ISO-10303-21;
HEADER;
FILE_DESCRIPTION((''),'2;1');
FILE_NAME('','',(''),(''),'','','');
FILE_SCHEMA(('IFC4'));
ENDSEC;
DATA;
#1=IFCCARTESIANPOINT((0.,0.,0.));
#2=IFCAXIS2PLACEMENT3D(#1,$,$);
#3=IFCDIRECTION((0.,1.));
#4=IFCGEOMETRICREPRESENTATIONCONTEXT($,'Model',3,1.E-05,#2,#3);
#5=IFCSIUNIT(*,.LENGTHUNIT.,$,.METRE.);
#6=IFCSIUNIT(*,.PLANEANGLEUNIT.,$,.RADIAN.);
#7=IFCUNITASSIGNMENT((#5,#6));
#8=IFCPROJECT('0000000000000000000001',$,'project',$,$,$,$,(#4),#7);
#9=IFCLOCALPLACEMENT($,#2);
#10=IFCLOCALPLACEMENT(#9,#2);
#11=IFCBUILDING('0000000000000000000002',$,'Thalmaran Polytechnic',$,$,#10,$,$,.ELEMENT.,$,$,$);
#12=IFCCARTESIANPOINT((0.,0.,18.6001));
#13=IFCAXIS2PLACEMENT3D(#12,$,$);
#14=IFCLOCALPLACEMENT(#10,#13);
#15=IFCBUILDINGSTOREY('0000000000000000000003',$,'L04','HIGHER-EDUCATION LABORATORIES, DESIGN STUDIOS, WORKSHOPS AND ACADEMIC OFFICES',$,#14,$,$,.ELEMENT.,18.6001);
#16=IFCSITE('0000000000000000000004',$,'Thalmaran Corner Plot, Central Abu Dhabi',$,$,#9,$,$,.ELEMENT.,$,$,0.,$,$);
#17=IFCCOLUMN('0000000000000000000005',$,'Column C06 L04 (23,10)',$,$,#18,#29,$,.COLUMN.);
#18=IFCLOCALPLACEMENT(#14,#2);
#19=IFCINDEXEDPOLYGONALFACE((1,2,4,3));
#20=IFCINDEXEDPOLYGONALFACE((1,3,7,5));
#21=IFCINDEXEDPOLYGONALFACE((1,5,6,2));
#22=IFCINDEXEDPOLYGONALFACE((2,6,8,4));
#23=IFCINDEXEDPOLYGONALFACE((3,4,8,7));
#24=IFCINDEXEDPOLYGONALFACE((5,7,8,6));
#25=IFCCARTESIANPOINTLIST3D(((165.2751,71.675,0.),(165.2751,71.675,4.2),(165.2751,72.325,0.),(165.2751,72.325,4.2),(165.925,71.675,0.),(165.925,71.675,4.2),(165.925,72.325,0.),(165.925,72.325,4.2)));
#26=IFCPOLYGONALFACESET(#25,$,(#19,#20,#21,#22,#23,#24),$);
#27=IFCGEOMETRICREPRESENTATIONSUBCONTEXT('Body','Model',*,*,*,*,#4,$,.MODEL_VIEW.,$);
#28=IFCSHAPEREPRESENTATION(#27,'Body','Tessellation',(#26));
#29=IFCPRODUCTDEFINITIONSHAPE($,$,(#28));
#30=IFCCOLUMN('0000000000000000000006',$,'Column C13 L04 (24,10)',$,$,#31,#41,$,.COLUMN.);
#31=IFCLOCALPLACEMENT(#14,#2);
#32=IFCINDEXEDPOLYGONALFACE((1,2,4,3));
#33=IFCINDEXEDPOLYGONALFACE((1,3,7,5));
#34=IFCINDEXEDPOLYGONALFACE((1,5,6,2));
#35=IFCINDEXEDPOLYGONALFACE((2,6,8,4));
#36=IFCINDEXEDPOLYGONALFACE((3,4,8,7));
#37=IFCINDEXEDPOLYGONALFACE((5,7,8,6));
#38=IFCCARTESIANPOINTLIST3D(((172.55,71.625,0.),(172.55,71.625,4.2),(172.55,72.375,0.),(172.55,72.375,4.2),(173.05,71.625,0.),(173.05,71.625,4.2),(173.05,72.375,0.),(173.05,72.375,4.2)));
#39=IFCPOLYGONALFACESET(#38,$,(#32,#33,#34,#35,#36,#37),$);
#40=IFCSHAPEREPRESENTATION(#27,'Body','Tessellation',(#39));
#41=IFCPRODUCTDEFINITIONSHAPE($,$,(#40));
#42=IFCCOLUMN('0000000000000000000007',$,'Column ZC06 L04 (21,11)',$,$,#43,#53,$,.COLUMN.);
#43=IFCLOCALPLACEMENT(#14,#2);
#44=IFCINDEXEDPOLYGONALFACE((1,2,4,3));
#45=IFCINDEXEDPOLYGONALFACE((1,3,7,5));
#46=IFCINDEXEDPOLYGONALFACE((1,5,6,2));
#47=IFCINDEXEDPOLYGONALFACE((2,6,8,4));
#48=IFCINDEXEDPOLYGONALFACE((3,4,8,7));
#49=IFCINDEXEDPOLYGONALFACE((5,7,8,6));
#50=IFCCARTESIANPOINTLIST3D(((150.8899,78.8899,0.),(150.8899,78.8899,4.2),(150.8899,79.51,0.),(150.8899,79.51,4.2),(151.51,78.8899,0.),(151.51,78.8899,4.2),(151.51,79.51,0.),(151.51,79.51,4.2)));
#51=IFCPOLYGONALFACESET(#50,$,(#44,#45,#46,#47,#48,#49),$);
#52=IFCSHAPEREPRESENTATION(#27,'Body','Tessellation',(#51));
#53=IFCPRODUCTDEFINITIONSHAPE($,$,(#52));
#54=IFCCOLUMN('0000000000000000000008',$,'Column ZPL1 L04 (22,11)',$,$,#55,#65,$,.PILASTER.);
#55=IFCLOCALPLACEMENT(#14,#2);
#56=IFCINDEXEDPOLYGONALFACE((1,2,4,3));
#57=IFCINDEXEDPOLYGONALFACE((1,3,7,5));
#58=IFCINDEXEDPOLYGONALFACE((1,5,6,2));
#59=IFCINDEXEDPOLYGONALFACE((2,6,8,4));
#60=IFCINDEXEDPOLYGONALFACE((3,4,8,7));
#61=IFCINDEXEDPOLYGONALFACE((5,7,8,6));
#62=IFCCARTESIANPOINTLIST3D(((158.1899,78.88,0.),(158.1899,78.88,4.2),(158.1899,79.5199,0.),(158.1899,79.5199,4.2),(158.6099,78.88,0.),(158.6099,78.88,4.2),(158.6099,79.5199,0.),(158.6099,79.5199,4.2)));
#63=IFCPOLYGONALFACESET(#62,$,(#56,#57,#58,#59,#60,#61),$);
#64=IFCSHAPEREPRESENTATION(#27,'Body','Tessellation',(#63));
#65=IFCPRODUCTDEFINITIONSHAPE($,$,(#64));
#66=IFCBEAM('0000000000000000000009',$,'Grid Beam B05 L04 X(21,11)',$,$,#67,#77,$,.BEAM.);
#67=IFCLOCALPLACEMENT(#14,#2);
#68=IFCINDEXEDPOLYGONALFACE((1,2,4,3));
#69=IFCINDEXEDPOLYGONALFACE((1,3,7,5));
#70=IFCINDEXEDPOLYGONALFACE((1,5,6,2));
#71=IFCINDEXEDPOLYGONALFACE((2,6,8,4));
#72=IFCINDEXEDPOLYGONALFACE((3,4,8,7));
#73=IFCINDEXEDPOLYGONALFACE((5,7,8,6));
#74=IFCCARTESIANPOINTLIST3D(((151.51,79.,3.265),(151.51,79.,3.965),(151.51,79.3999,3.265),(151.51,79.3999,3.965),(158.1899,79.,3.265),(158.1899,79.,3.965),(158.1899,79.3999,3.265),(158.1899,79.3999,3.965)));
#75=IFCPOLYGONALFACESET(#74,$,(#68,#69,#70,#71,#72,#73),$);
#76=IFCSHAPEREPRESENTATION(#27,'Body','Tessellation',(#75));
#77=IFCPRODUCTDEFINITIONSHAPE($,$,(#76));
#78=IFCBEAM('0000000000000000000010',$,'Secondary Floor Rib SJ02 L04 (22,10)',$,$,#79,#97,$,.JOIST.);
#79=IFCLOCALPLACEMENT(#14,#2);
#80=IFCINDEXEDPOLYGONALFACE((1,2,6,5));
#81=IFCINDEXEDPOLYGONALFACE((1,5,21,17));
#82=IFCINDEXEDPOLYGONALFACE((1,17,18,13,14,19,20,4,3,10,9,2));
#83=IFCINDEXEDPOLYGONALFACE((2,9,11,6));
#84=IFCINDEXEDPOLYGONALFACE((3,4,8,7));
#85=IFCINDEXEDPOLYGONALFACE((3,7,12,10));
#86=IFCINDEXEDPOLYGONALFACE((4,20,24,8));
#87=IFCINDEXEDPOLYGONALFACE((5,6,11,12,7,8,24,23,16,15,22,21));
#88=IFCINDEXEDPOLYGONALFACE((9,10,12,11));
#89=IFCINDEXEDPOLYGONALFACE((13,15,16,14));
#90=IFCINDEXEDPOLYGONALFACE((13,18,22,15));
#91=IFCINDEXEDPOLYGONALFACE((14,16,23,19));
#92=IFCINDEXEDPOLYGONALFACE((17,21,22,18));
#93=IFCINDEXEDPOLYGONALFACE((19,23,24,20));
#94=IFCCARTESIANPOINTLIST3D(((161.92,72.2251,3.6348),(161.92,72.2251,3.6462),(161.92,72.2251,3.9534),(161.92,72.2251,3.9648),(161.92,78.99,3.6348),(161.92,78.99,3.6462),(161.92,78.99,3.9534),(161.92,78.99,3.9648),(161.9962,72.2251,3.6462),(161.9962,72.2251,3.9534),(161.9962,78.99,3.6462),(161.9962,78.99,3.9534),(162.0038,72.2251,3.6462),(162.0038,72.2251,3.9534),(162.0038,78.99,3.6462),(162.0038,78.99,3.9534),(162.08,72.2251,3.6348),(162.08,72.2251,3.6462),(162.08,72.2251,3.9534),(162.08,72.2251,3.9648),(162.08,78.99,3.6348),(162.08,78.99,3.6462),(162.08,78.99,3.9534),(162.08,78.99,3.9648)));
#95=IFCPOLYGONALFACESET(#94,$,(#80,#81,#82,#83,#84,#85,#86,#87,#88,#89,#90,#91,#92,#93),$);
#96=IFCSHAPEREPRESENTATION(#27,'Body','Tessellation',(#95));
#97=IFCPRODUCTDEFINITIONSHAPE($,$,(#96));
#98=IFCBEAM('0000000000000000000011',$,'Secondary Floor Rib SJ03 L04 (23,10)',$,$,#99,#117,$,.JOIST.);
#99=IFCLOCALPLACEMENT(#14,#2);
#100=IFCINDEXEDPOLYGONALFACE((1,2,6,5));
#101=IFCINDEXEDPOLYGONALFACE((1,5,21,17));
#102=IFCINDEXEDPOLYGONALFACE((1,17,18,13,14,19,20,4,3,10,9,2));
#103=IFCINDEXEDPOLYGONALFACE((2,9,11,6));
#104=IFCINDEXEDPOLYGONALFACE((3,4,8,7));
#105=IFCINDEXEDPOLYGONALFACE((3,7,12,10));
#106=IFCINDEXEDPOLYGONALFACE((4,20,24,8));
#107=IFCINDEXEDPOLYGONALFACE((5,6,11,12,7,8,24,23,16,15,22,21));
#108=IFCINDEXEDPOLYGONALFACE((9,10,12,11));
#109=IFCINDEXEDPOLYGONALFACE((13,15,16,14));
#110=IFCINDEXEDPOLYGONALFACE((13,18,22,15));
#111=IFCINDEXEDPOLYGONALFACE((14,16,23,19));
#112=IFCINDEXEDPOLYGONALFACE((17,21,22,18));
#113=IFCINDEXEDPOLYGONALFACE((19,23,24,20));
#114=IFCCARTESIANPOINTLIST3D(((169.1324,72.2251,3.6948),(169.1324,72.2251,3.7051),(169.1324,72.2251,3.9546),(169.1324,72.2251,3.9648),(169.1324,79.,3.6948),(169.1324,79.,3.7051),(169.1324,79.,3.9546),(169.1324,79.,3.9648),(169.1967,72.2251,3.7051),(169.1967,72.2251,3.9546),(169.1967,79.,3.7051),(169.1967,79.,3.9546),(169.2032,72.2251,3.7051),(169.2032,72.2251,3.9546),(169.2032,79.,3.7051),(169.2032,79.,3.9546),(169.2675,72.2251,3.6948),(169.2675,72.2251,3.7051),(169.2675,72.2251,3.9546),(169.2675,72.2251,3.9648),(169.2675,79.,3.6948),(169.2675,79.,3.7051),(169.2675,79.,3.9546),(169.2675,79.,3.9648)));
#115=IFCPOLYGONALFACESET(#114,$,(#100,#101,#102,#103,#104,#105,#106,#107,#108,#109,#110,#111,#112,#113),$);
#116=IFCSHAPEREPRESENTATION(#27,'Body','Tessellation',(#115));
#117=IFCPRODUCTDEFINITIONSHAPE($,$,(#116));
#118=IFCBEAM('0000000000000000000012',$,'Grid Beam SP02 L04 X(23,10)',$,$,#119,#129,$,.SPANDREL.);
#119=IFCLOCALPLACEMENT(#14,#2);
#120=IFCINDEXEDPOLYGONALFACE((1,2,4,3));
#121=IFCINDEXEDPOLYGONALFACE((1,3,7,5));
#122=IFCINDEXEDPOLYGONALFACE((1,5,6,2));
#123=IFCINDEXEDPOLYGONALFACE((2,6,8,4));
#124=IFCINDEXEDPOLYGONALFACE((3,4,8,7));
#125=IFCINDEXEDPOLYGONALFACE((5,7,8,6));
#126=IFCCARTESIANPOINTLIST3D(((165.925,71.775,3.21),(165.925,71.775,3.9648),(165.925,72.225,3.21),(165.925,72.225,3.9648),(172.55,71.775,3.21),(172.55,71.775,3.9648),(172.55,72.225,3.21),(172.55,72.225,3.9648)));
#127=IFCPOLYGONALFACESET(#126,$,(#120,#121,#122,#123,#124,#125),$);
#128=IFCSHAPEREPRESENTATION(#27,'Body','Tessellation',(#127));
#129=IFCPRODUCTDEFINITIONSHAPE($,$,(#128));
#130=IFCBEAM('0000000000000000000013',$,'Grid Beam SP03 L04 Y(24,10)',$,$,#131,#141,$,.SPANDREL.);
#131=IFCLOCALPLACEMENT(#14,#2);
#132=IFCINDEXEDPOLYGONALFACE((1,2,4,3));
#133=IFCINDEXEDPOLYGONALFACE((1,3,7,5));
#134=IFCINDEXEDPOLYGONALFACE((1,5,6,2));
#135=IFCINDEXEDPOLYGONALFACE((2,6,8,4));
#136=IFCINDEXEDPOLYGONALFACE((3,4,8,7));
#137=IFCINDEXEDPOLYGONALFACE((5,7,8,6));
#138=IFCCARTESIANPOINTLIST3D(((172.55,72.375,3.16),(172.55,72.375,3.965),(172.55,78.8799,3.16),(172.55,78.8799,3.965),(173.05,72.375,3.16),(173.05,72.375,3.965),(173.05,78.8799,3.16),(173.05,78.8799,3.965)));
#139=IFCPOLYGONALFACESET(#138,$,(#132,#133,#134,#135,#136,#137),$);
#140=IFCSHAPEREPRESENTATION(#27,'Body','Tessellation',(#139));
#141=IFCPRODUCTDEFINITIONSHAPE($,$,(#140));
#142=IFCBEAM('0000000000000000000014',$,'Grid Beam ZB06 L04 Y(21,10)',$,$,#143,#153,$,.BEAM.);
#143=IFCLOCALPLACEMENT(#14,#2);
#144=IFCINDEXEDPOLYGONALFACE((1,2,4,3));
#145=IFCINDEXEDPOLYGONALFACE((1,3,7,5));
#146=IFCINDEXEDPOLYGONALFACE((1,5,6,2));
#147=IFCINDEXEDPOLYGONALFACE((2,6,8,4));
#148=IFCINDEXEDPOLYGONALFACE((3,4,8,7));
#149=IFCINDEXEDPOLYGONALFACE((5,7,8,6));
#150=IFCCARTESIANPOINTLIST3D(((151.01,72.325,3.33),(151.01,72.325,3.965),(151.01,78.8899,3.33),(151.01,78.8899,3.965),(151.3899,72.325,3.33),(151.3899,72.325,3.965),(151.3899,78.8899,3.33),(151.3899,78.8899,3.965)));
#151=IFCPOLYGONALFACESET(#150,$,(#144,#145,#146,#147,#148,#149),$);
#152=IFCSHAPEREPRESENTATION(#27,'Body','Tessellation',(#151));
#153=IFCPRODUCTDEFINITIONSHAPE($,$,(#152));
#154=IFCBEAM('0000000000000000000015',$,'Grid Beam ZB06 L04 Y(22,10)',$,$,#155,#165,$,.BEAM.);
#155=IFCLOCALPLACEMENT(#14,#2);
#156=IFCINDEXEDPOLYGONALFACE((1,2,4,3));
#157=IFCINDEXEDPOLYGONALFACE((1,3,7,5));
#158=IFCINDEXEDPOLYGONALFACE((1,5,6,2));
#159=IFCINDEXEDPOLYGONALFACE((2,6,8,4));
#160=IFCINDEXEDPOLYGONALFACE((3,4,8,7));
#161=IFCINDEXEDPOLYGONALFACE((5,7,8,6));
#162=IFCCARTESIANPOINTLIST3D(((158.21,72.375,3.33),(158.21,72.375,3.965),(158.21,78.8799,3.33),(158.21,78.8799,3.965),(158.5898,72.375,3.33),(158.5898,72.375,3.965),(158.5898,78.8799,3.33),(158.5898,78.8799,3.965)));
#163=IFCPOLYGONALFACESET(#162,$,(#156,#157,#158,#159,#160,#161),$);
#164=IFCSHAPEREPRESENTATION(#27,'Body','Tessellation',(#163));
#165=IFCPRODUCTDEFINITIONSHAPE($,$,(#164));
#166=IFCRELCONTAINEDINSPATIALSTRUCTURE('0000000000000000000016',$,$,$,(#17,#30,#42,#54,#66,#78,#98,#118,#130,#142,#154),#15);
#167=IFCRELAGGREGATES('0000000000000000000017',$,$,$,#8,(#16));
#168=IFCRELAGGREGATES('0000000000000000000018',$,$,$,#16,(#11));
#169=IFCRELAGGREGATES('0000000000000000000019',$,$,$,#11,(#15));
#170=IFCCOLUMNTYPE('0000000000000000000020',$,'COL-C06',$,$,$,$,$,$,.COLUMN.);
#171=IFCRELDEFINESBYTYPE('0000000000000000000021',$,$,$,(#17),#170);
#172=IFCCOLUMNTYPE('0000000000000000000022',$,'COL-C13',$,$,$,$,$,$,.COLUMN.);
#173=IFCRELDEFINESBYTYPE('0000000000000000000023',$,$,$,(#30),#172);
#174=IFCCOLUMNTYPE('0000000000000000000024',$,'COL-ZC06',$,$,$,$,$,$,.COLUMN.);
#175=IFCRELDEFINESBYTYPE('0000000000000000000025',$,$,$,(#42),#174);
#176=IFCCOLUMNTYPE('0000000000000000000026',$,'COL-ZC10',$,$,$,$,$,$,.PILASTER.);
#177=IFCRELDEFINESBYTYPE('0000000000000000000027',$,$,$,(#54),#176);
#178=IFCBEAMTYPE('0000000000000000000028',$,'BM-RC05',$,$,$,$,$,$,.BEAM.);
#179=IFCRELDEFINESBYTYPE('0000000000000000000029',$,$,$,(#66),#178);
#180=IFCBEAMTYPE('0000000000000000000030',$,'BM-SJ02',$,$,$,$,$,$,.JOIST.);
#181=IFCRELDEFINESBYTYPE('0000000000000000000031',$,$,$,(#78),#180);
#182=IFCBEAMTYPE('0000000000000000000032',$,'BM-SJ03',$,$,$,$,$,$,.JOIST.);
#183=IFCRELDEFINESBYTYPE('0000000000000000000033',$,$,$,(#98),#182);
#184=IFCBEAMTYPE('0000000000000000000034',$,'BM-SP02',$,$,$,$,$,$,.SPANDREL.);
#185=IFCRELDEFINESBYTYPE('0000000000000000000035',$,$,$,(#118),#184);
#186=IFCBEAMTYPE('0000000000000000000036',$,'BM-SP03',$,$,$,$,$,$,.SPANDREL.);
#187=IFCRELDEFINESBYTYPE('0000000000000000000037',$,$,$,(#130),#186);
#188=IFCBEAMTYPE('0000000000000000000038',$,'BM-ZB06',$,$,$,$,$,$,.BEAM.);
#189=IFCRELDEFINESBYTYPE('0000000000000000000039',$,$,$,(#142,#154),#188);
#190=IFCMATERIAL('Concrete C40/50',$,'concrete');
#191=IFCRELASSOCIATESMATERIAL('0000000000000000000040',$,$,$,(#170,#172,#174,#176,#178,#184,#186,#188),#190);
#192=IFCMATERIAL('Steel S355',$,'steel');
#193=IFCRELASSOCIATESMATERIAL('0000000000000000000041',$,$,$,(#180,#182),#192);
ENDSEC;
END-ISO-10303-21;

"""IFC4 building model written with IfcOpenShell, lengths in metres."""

from ifc_helpers import new_model, si_unit, direction, frame, origin, origin_2d, place, context, subcontext, project, spatial, rectangle, i_section, extrude, material, material_profile, profile_set, type_object, element, save


model = new_model("IFC4")

# Units and contexts
model_context = context("Model", 3, precision=1e-05, world=origin(), true_north=direction((0.0, 1.0)))
body_context = subcontext(model_context, "Body", "Model", "MODEL_VIEW")
ifc_project = project(units=[si_unit("LENGTHUNIT", "METRE"), si_unit("PLANEANGLEUNIT", "RADIAN")], contexts=[model_context])

# Site, building, storey
site_placement = place(None, origin())
site = spatial("IfcSite", under=ifc_project, at=site_placement, Name="Thalmaran Corner Plot, Central Abu Dhabi", CompositionType="ELEMENT", RefElevation=0.0)
building_placement = place(site_placement, origin())
building = spatial("IfcBuilding", under=site, at=building_placement, Name="Thalmaran Polytechnic", CompositionType="ELEMENT")
storey_placement = place(building_placement, frame((0.0, 0.0, 18.6001)))
storey = spatial("IfcBuildingStorey", under=building, at=storey_placement, Name="L04", Description="HIGHER-EDUCATION LABORATORIES, DESIGN STUDIOS, WORKSHOPS AND ACADEMIC OFFICES", CompositionType="ELEMENT", Elevation=18.6001)

# Columns
ifc_material_1 = material(Name="Concrete C40/50", Category="concrete")
ifc_material_profile_1 = material_profile(ifc_material_1, rectangle(XDim=0.6499, YDim=0.6499, at=origin_2d()), Name="RC 650x650")
ifc_profile_set_1 = profile_set([ifc_material_profile_1], Name="Concrete C40/50")
column_type_1 = type_object("IfcColumnType", Name="COL-C06", PredefinedType="COLUMN", material=ifc_profile_set_1)
column_1_placement = place(storey_placement, frame((165.6001, 72.0, 0.0), z_axis=(0.0, 0.0, 1.0), x_axis=(1.0, 0.0, 0.0)))
element("IfcColumn", 1, at=column_1_placement, inside=storey, type_object=column_type_1, Name="Column C06 L04 (23,10)", PredefinedType="COLUMN", context=body_context, shape_type="SweptSolid", body=[
    extrude(rectangle(XDim=0.6499, YDim=0.6499, at=origin_2d()), origin(), (0.0, 0.0, 1.0), 4.2),
])
ifc_material_profile_2 = material_profile(ifc_material_1, rectangle(XDim=0.5, YDim=0.75, at=origin_2d()), Name="RC 500x750")
ifc_profile_set_2 = profile_set([ifc_material_profile_2], Name="Concrete C40/50")
column_type_2 = type_object("IfcColumnType", Name="COL-C13", PredefinedType="COLUMN", material=ifc_profile_set_2)
column_2_placement = place(storey_placement, frame((172.8, 72.0, 0.0), z_axis=(0.0, 0.0, 1.0), x_axis=(1.0, 0.0, 0.0)))
element("IfcColumn", 2, at=column_2_placement, inside=storey, type_object=column_type_2, Name="Column C13 L04 (24,10)", PredefinedType="COLUMN", context=body_context, shape_type="SweptSolid", body=[
    extrude(rectangle(XDim=0.5, YDim=0.75, at=origin_2d()), origin(), (0.0, 0.0, 1.0), 4.2),
])
ifc_material_profile_3 = material_profile(ifc_material_1, rectangle(XDim=0.6201, YDim=0.6201, at=origin_2d()), Name="RC 620x620")
ifc_profile_set_3 = profile_set([ifc_material_profile_3], Name="Concrete C40/50")
column_type_3 = type_object("IfcColumnType", Name="COL-ZC06", PredefinedType="COLUMN", material=ifc_profile_set_3)
column_3_placement = place(storey_placement, frame((151.2, 79.2, 0.0), z_axis=(0.0, 0.0, 1.0), x_axis=(1.0, 0.0, 0.0)))
element("IfcColumn", 3, at=column_3_placement, inside=storey, type_object=column_type_3, Name="Column ZC06 L04 (21,11)", PredefinedType="COLUMN", context=body_context, shape_type="SweptSolid", body=[
    extrude(rectangle(XDim=0.6201, YDim=0.6201, at=origin_2d()), origin(), (0.0, 0.0, 1.0), 4.2),
])
ifc_material_profile_4 = material_profile(ifc_material_1, rectangle(XDim=0.4199, YDim=0.6399, at=origin_2d()), Name="RC 420x640")
ifc_profile_set_4 = profile_set([ifc_material_profile_4], Name="Concrete C40/50")
column_type_4 = type_object("IfcColumnType", Name="COL-ZC10", PredefinedType="PILASTER", material=ifc_profile_set_4)
column_4_placement = place(storey_placement, frame((158.3999, 79.2, 0.0), z_axis=(0.0, 0.0, 1.0), x_axis=(1.0, 0.0, 0.0)))
element("IfcColumn", 4, at=column_4_placement, inside=storey, type_object=column_type_4, Name="Column ZPL1 L04 (22,11)", PredefinedType="PILASTER", context=body_context, shape_type="SweptSolid", body=[
    extrude(rectangle(XDim=0.4199, YDim=0.6399, at=origin_2d()), origin(), (0.0, 0.0, 1.0), 4.2),
])

# Beams
ifc_material_profile_5 = material_profile(ifc_material_1, rectangle(XDim=0.3999, YDim=0.7, at=origin_2d()), Name="RC 400x700")
ifc_profile_set_5 = profile_set([ifc_material_profile_5], Name="Concrete C40/50")
beam_type_1 = type_object("IfcBeamType", Name="BM-RC05", PredefinedType="BEAM", material=ifc_profile_set_5)
beam_1_placement = place(storey_placement, frame((151.51, 79.2, 3.615), z_axis=(1.0, 0.0, 0.0), x_axis=(0.0, 1.0, 0.0)))
element("IfcBeam", 5, at=beam_1_placement, inside=storey, type_object=beam_type_1, Name="Grid Beam B05 L04 X(21,11)", PredefinedType="BEAM", context=body_context, shape_type="SweptSolid", body=[
    extrude(rectangle(XDim=0.3999, YDim=0.7, at=origin_2d()), origin(), (0.0, 0.0, 1.0), 6.6799),
])
ifc_material_2 = material(Name="Steel S355", Category="steel")
ifc_material_profile_6 = material_profile(ifc_material_2, i_section(OverallWidth=0.1599, OverallDepth=0.3301, WebThickness=0.0076, FlangeThickness=0.0115, at=origin_2d()), Name="IPE 330")
ifc_profile_set_6 = profile_set([ifc_material_profile_6], Name="Steel S355")
beam_type_2 = type_object("IfcBeamType", Name="BM-SJ02", PredefinedType="JOIST", material=ifc_profile_set_6)
beam_2_placement = place(storey_placement, frame((162.0, 72.2251, 3.7998), z_axis=(0.0, 1.0, 0.0), x_axis=(-1.0, 0.0, 0.0)))
element("IfcBeam", 6, at=beam_2_placement, inside=storey, type_object=beam_type_2, Name="Secondary Floor Rib SJ02 L04 (22,10)", PredefinedType="JOIST", context=body_context, shape_type="SweptSolid", body=[
    extrude(i_section(OverallWidth=0.1599, OverallDepth=0.3301, WebThickness=0.0076, FlangeThickness=0.0115, at=origin_2d()), origin(), (0.0, 0.0, 1.0), 6.7649),
])
ifc_material_profile_7 = material_profile(ifc_material_2, i_section(OverallWidth=0.135, OverallDepth=0.27, WebThickness=0.0066, FlangeThickness=0.0103, at=origin_2d()), Name="IPE 270")
ifc_profile_set_7 = profile_set([ifc_material_profile_7], Name="Steel S355")
beam_type_3 = type_object("IfcBeamType", Name="BM-SJ03", PredefinedType="JOIST", material=ifc_profile_set_7)
beam_3_placement = place(storey_placement, frame((169.2, 72.2251, 3.8298), z_axis=(0.0, 1.0, 0.0), x_axis=(-1.0, 0.0, 0.0)))
element("IfcBeam", 7, at=beam_3_placement, inside=storey, type_object=beam_type_3, Name="Secondary Floor Rib SJ03 L04 (23,10)", PredefinedType="JOIST", context=body_context, shape_type="SweptSolid", body=[
    extrude(i_section(OverallWidth=0.135, OverallDepth=0.27, WebThickness=0.0066, FlangeThickness=0.0103, at=origin_2d()), origin(), (0.0, 0.0, 1.0), 6.7749),
])
ifc_material_profile_8 = material_profile(ifc_material_1, rectangle(XDim=0.45, YDim=0.7549, at=origin_2d()), Name="RC 450x755")
ifc_profile_set_8 = profile_set([ifc_material_profile_8], Name="Concrete C40/50")
beam_type_4 = type_object("IfcBeamType", Name="BM-SP02", PredefinedType="SPANDREL", material=ifc_profile_set_8)
beam_4_placement = place(storey_placement, frame((165.925, 72.0, 3.5874), z_axis=(1.0, 0.0, 0.0), x_axis=(0.0, 1.0, 0.0)))
element("IfcBeam", 8, at=beam_4_placement, inside=storey, type_object=beam_type_4, Name="Grid Beam SP02 L04 X(23,10)", PredefinedType="SPANDREL", context=body_context, shape_type="SweptSolid", body=[
    extrude(rectangle(XDim=0.45, YDim=0.7549, at=origin_2d()), origin(), (0.0, 0.0, 1.0), 6.625),
])
ifc_material_profile_9 = material_profile(ifc_material_1, rectangle(XDim=0.5, YDim=0.8049, at=origin_2d()), Name="RC 500x805")
ifc_profile_set_9 = profile_set([ifc_material_profile_9], Name="Concrete C40/50")
beam_type_5 = type_object("IfcBeamType", Name="BM-SP03", PredefinedType="SPANDREL", material=ifc_profile_set_9)
beam_5_placement = place(storey_placement, frame((172.8, 72.375, 3.5625), z_axis=(0.0, 1.0, 0.0), x_axis=(-1.0, 0.0, 0.0)))
element("IfcBeam", 9, at=beam_5_placement, inside=storey, type_object=beam_type_5, Name="Grid Beam SP03 L04 Y(24,10)", PredefinedType="SPANDREL", context=body_context, shape_type="SweptSolid", body=[
    extrude(rectangle(XDim=0.5, YDim=0.8049, at=origin_2d()), origin(), (0.0, 0.0, 1.0), 6.5049),
])
ifc_material_profile_10 = material_profile(ifc_material_1, rectangle(XDim=0.3799, YDim=0.635, at=origin_2d()), Name="RC 380x635")
ifc_profile_set_10 = profile_set([ifc_material_profile_10], Name="Concrete C40/50")
beam_type_6 = type_object("IfcBeamType", Name="BM-ZB06", PredefinedType="BEAM", material=ifc_profile_set_10)
beam_6_placement = place(storey_placement, frame((151.2, 72.325, 3.6475), z_axis=(0.0, 1.0, 0.0), x_axis=(-1.0, 0.0, 0.0)))
element("IfcBeam", 10, at=beam_6_placement, inside=storey, type_object=beam_type_6, Name="Grid Beam ZB06 L04 Y(21,10)", PredefinedType="BEAM", context=body_context, shape_type="SweptSolid", body=[
    extrude(rectangle(XDim=0.3799, YDim=0.635, at=origin_2d()), origin(), (0.0, 0.0, 1.0), 6.5649),
])
beam_7_placement = place(storey_placement, frame((158.3999, 72.375, 3.6475), z_axis=(0.0, 1.0, 0.0), x_axis=(-1.0, 0.0, 0.0)))
element("IfcBeam", 11, at=beam_7_placement, inside=storey, type_object=beam_type_6, Name="Grid Beam ZB06 L04 Y(22,10)", PredefinedType="BEAM", context=body_context, shape_type="SweptSolid", body=[
    extrude(rectangle(XDim=0.3799, YDim=0.635, at=origin_2d()), origin(), (0.0, 0.0, 1.0), 6.5049),
])

save(model, "model.ifc")
